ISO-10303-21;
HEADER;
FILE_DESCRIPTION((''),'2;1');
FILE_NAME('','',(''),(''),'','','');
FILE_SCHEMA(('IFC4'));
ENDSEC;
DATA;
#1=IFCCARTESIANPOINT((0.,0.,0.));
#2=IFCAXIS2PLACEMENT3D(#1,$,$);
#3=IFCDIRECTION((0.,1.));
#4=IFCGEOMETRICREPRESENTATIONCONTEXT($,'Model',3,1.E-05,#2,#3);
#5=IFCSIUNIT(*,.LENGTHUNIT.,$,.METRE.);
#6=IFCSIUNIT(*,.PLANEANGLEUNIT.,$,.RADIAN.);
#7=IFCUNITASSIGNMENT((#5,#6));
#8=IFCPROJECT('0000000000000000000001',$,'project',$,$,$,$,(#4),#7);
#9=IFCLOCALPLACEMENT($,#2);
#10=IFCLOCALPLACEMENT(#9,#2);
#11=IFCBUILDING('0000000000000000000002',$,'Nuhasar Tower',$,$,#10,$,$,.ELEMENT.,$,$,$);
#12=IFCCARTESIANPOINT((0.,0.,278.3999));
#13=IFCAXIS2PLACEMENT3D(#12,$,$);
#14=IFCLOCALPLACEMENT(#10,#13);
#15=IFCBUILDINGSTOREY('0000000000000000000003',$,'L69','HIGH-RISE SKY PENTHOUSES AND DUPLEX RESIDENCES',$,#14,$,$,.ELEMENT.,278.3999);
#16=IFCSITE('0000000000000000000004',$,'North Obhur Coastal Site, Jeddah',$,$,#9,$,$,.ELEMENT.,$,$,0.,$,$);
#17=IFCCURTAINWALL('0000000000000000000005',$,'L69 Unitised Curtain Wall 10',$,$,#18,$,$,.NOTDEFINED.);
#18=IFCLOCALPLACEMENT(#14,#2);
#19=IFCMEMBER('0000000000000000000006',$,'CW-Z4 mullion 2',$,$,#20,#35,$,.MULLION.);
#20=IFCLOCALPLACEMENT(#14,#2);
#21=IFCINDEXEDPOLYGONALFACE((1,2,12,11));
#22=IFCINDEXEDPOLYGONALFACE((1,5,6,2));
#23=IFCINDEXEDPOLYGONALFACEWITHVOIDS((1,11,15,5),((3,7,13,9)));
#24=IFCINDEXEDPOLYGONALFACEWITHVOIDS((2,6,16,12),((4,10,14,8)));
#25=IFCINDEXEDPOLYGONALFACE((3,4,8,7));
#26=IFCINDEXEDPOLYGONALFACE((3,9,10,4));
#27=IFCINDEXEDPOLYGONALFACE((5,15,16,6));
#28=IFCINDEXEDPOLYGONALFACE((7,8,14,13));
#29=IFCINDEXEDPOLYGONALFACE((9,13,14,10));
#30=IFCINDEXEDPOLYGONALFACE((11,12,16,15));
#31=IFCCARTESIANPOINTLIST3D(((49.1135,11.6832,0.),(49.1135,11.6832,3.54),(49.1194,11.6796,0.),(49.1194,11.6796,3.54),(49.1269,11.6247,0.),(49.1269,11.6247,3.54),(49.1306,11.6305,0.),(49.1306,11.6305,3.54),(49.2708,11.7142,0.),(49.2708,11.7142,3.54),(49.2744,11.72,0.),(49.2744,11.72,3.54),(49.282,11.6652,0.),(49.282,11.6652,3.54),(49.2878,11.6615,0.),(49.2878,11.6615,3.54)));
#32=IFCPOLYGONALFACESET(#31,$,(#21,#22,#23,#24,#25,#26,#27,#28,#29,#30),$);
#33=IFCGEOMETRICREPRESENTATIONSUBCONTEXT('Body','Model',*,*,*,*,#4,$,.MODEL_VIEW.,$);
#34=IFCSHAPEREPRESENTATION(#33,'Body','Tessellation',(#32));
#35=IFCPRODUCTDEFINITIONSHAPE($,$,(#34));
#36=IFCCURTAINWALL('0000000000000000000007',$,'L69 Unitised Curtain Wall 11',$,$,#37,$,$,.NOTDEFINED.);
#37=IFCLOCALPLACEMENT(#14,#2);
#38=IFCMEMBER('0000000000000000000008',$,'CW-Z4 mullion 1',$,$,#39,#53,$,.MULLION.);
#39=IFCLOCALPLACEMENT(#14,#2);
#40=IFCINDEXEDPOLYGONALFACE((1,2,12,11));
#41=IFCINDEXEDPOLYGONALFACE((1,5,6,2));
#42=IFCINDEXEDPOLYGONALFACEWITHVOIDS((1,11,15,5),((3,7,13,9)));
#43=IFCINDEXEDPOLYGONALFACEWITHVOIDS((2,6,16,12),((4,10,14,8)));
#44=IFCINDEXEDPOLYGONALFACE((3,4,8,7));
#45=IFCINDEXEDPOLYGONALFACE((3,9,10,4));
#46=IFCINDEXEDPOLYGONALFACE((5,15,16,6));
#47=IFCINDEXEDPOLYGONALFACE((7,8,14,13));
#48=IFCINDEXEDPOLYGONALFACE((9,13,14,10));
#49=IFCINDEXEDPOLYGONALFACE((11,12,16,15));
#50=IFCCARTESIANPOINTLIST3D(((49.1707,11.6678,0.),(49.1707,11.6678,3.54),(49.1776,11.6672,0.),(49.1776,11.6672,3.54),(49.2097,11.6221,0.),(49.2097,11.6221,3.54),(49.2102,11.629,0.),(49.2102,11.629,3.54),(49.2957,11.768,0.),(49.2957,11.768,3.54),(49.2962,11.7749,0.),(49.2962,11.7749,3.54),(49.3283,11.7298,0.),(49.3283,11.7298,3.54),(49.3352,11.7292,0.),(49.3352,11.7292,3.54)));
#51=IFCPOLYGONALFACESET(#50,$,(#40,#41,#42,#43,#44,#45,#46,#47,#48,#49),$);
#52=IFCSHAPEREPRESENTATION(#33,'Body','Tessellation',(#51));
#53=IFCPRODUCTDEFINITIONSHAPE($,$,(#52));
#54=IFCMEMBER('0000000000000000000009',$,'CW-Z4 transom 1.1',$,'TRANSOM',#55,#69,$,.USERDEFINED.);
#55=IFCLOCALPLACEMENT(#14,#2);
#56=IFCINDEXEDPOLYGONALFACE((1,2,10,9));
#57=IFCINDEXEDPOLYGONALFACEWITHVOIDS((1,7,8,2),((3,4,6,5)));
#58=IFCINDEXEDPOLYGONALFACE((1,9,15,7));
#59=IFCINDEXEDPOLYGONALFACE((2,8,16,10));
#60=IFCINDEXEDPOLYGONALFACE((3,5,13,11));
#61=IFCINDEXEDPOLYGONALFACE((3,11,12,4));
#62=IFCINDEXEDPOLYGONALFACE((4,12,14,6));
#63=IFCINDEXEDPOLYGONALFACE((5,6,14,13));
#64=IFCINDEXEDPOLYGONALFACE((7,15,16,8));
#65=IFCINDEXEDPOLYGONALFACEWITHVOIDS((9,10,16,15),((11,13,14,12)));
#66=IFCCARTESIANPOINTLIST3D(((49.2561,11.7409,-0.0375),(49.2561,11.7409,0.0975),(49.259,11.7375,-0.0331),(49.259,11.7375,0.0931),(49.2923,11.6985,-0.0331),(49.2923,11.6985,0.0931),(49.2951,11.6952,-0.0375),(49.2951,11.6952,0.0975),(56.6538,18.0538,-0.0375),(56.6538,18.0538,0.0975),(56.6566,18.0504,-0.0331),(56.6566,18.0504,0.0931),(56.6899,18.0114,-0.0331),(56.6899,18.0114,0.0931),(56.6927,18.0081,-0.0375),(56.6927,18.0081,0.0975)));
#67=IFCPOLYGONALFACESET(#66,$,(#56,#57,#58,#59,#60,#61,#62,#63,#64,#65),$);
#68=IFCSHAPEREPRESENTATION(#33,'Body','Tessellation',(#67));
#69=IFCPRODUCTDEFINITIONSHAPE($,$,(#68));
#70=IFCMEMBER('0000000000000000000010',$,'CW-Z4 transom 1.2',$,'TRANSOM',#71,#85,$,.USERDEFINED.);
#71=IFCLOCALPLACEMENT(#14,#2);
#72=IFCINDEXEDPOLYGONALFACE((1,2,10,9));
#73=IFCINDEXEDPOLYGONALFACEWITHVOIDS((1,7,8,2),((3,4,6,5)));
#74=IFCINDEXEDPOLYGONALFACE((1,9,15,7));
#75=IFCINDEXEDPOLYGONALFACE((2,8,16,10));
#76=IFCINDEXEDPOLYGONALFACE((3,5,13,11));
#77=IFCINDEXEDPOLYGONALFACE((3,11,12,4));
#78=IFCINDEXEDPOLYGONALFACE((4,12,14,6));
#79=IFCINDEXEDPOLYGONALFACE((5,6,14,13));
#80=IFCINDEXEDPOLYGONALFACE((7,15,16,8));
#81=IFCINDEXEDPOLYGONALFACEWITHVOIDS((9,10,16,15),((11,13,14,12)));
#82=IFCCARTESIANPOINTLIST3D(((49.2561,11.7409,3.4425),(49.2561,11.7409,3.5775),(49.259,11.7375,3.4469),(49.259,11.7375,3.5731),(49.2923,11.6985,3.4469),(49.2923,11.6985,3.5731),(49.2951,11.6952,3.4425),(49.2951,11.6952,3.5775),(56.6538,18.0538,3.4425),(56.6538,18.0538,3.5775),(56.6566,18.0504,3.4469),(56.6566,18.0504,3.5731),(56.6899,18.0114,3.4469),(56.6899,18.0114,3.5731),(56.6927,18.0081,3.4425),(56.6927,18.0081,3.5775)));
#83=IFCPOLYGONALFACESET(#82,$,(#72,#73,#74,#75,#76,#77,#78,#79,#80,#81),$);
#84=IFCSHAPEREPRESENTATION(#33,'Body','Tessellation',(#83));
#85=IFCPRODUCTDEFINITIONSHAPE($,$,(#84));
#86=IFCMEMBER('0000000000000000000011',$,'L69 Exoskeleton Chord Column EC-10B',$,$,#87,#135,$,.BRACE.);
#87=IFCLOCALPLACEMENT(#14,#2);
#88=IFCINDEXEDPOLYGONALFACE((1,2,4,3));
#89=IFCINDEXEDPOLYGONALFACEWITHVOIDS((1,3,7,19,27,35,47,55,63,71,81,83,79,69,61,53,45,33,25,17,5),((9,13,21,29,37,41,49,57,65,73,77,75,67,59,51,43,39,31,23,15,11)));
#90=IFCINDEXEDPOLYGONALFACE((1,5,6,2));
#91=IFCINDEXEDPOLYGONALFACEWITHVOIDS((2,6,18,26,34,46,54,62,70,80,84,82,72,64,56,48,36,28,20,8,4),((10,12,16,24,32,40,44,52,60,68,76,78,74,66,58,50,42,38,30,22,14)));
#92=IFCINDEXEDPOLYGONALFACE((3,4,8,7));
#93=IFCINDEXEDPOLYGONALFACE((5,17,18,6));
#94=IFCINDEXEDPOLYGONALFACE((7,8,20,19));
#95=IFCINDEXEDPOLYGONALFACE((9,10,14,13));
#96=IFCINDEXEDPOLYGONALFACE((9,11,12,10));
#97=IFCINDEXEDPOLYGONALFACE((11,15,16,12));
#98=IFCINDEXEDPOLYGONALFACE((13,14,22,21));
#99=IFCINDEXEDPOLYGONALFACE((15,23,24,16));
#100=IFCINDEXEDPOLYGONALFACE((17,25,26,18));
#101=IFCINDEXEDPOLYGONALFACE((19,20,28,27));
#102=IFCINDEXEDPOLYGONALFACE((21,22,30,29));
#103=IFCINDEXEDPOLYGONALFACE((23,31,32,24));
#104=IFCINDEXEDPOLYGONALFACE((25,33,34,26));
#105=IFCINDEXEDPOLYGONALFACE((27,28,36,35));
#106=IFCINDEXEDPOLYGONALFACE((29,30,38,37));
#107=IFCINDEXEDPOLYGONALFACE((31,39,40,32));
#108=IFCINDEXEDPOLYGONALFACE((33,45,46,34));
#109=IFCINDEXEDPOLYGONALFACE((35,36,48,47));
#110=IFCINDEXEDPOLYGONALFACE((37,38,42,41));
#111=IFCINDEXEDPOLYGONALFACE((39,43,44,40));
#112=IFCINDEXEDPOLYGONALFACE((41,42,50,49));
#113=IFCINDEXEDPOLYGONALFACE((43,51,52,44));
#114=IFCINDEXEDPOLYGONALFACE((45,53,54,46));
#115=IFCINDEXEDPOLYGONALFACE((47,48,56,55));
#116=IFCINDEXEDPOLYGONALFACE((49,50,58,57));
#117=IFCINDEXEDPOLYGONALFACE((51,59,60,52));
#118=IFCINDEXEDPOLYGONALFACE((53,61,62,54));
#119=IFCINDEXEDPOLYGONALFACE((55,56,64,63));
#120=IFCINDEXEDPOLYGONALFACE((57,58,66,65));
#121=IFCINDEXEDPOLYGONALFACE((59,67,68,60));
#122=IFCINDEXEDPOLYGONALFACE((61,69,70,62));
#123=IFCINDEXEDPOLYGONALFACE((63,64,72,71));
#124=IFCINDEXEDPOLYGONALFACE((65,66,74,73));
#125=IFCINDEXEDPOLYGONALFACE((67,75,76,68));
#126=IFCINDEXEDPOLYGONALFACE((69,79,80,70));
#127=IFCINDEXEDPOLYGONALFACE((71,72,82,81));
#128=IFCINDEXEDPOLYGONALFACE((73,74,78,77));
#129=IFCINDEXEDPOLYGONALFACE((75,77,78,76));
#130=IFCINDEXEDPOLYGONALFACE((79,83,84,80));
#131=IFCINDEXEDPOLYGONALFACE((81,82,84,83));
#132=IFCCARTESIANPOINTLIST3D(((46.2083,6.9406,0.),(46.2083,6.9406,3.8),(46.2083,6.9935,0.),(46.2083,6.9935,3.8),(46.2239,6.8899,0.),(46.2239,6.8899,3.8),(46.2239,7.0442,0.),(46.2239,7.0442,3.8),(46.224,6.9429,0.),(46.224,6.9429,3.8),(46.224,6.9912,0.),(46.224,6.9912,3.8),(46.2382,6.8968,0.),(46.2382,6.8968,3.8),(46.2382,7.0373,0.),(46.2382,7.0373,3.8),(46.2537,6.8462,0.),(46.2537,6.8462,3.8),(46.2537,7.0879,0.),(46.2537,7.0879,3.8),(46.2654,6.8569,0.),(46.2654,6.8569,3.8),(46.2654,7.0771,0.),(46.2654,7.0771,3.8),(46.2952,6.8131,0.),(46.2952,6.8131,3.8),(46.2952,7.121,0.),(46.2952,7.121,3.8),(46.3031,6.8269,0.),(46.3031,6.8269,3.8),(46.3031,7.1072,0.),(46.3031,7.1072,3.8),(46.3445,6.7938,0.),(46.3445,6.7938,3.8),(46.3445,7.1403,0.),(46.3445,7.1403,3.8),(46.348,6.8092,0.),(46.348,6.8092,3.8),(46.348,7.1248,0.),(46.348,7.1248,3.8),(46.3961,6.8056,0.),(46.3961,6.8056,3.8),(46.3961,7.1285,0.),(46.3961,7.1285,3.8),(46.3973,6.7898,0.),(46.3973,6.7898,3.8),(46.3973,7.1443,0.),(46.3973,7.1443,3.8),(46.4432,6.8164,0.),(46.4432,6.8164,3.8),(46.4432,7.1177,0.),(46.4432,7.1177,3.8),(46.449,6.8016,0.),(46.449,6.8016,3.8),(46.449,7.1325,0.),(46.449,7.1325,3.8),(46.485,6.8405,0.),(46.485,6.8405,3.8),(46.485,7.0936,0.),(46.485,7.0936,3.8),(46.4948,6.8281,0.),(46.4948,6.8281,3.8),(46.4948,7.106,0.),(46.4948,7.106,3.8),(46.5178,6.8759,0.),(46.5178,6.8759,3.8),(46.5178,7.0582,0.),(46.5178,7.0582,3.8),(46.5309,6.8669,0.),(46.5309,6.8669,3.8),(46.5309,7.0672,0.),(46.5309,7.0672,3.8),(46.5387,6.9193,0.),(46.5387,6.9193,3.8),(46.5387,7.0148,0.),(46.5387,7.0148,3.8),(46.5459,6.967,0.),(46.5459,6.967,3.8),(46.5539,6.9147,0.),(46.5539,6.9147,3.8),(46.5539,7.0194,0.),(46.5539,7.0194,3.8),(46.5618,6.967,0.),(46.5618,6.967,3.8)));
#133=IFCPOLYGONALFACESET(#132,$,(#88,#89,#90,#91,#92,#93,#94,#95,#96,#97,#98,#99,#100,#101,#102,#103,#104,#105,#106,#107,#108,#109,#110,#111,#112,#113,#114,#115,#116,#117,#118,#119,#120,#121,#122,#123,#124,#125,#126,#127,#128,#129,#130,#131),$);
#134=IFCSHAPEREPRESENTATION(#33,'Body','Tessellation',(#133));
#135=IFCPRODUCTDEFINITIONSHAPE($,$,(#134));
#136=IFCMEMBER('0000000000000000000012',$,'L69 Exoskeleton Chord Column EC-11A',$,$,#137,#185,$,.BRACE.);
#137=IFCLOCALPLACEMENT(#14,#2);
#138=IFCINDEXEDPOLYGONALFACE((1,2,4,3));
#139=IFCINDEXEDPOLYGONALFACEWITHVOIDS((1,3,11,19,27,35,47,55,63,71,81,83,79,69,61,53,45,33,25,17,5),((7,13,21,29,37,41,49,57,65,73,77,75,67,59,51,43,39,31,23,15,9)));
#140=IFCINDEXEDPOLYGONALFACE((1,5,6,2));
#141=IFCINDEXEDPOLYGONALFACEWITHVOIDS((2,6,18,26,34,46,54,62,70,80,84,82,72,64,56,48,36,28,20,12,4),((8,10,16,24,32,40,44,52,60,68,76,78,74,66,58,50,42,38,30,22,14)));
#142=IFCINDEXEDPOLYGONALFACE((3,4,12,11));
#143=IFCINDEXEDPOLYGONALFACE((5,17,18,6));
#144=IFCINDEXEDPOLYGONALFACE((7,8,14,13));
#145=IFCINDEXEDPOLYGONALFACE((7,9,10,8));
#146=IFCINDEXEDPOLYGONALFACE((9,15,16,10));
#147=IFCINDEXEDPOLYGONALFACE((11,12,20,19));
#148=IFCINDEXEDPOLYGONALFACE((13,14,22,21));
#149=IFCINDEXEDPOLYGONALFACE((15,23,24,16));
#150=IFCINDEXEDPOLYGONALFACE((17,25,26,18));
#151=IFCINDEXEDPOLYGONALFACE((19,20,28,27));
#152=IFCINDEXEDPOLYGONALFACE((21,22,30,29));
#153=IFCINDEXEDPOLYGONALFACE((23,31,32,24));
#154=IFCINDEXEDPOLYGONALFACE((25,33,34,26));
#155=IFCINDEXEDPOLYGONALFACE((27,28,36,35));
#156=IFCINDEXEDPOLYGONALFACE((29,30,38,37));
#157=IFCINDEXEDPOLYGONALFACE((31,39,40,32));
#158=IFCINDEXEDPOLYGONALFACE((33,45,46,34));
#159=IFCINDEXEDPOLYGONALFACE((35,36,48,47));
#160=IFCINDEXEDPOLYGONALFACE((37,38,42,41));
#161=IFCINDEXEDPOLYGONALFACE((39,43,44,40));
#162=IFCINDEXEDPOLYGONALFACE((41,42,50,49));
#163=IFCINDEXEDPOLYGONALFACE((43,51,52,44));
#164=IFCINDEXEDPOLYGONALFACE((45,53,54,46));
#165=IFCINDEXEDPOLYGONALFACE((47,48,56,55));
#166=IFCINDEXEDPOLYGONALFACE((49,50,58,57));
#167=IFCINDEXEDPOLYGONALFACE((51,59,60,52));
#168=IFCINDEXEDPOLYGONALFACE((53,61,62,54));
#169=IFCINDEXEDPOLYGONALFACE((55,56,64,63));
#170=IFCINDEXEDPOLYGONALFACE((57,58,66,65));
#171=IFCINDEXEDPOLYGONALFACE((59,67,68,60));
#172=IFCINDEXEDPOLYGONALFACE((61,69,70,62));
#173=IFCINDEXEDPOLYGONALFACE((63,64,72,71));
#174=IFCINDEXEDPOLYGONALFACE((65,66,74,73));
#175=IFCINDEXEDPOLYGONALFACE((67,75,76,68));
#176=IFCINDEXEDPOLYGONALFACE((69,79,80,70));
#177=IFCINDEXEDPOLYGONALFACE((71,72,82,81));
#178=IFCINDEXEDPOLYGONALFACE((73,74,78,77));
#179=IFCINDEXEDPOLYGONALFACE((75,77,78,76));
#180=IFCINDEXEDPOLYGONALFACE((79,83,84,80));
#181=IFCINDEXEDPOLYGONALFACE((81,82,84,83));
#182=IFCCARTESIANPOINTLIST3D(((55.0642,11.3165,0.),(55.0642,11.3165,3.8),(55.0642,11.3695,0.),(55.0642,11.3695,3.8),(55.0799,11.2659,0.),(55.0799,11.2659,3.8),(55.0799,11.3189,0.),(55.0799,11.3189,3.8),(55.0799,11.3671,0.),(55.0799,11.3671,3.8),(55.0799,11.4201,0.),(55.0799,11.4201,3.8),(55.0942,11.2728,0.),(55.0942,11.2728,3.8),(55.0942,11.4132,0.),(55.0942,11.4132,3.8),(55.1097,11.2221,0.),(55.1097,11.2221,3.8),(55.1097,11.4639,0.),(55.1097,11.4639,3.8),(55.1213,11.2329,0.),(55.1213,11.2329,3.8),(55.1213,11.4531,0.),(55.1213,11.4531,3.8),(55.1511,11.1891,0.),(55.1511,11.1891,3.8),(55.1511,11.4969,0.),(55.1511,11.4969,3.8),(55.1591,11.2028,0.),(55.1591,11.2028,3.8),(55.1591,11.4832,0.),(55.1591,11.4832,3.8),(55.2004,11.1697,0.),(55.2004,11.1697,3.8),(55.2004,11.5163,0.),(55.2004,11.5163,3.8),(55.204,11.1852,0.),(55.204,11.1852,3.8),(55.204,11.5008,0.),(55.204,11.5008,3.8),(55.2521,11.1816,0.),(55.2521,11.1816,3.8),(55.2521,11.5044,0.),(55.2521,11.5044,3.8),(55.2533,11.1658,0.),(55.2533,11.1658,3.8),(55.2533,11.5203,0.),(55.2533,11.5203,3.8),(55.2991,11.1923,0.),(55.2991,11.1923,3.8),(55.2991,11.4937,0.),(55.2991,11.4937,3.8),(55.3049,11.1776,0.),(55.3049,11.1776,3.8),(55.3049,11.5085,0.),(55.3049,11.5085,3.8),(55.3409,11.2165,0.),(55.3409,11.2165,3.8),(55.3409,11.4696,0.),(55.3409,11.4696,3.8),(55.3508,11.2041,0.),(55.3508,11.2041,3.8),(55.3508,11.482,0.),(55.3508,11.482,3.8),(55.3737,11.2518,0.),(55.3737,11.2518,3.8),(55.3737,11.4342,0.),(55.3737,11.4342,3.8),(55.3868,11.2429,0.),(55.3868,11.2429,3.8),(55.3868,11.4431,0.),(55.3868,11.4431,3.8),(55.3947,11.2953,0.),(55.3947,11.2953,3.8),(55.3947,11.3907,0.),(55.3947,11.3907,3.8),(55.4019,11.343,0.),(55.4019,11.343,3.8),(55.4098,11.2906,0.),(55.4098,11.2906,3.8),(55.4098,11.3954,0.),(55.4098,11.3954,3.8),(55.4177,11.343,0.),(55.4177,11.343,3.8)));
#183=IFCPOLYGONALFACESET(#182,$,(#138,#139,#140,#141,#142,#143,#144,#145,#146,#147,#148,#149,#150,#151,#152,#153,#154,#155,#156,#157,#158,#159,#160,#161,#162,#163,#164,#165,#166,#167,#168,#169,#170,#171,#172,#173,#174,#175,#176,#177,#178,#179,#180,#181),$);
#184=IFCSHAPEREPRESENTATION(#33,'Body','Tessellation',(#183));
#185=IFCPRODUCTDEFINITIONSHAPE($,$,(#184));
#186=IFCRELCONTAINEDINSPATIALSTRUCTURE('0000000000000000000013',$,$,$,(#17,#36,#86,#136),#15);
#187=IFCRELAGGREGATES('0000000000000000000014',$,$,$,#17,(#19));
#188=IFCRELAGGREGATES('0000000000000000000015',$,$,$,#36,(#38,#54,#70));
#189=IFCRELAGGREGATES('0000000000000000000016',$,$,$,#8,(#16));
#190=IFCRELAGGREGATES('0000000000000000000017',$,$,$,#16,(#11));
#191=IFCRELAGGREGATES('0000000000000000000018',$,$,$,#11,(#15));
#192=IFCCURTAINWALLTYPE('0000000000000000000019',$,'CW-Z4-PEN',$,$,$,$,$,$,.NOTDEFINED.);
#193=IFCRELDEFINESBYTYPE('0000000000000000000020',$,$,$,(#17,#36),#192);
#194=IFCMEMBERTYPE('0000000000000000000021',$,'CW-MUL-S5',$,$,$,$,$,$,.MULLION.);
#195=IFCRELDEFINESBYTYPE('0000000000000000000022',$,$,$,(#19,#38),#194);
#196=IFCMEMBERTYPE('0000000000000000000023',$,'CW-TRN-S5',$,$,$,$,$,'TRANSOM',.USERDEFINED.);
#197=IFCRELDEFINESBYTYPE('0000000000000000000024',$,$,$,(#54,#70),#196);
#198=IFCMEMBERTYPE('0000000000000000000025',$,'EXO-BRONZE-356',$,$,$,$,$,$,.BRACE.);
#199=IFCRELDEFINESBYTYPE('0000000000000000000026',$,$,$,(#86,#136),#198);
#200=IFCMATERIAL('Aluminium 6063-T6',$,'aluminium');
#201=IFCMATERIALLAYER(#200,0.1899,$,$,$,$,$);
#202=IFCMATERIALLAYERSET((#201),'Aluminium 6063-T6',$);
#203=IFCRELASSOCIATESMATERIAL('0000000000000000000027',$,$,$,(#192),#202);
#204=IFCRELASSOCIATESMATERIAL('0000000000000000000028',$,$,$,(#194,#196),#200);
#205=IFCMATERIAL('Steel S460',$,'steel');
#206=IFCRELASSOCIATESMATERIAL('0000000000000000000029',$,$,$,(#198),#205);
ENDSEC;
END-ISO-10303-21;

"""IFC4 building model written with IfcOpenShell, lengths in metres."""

from ifc_helpers import new_model, si_unit, direction, frame, origin, origin_2d, place, context, subcontext, project, spatial, hollow_rectangle, hollow_circle, extrude, material, layer, layer_set, material_profile, profile_set, type_object, element, aggregate, save


model = new_model("IFC4")

# Units and contexts
model_context = context("Model", 3, precision=1e-05, world=origin(), true_north=direction((0.0, 1.0)))
body_context = subcontext(model_context, "Body", "Model", "MODEL_VIEW")
ifc_project = project(units=[si_unit("LENGTHUNIT", "METRE"), si_unit("PLANEANGLEUNIT", "RADIAN")], contexts=[model_context])

# Site, building, storey
site_placement = place(None, origin())
site = spatial("IfcSite", under=ifc_project, at=site_placement, Name="North Obhur Coastal Site, Jeddah", CompositionType="ELEMENT", RefElevation=0.0)
building_placement = place(site_placement, origin())
building = spatial("IfcBuilding", under=site, at=building_placement, Name="Nuhasar Tower", CompositionType="ELEMENT")
storey_placement = place(building_placement, frame((0.0, 0.0, 278.3999)))
storey = spatial("IfcBuildingStorey", under=building, at=storey_placement, Name="L69", Description="HIGH-RISE SKY PENTHOUSES AND DUPLEX RESIDENCES", CompositionType="ELEMENT", Elevation=278.3999)

# Curtain wall, member
ifc_material_1 = material(Name="Aluminium 6063-T6", Category="aluminium")
ifc_layer_1 = layer(ifc_material_1, 0.1899)
ifc_layer_set_1 = layer_set([ifc_layer_1], Name="Aluminium 6063-T6")
curtain_wall_type = type_object("IfcCurtainWallType", Name="CW-Z4-PEN", PredefinedType="NOTDEFINED", material=ifc_layer_set_1)
curtain_wall_1_placement = place(storey_placement, origin())
curtain_wall_1 = element("IfcCurtainWall", 1, at=curtain_wall_1_placement, inside=storey, type_object=curtain_wall_type, Name="L69 Unitised Curtain Wall 10", PredefinedType="NOTDEFINED")
ifc_material_profile_1 = material_profile(ifc_material_1, hollow_rectangle(XDim=0.0601, YDim=0.165, WallThickness=0.0049, at=origin_2d()), Name="CWM-5")
ifc_profile_set_1 = profile_set([ifc_material_profile_1], Name="Aluminium 6063-T6")
member_type_1 = type_object("IfcMemberType", Name="CW-MUL-S5", PredefinedType="MULLION", material=ifc_profile_set_1)
member_1_placement = place(storey_placement, frame((49.2007, 11.6724, 0.0), z_axis=(0.0, 0.0, 1.0), x_axis=(-0.222889, 0.974844, 0.0)))
member_1 = element("IfcMember", 2, at=member_1_placement, type_object=member_type_1, Name="CW-Z4 mullion 2", PredefinedType="MULLION", context=body_context, shape_type="SweptSolid", body=[
    extrude(hollow_rectangle(XDim=0.0601, YDim=0.165, WallThickness=0.0049, at=origin_2d()), origin(), (0.0, 0.0, 1.0), 3.54),
])
aggregate(curtain_wall_1, [member_1])

# Curtain wall, members
curtain_wall_2_placement = place(storey_placement, origin())
curtain_wall_2 = element("IfcCurtainWall", 3, at=curtain_wall_2_placement, inside=storey, type_object=curtain_wall_type, Name="L69 Unitised Curtain Wall 11", PredefinedType="NOTDEFINED")
member_2_placement = place(storey_placement, frame((49.2529, 11.6985, 0.0), z_axis=(0.0, 0.0, 1.0), x_axis=(-0.649142, 0.760667, 0.0)))
member_2 = element("IfcMember", 4, at=member_2_placement, type_object=member_type_1, Name="CW-Z4 mullion 1", PredefinedType="MULLION", context=body_context, shape_type="SweptSolid", body=[
    extrude(hollow_rectangle(XDim=0.0601, YDim=0.165, WallThickness=0.0049, at=origin_2d()), origin(), (0.0, 0.0, 1.0), 3.54),
])
ifc_material_profile_2 = material_profile(ifc_material_1, hollow_rectangle(XDim=0.0601, YDim=0.135, WallThickness=0.0044, at=origin_2d()), Name="CWT-5")
ifc_profile_set_2 = profile_set([ifc_material_profile_2], Name="Aluminium 6063-T6")
member_type_2 = type_object("IfcMemberType", Name="CW-TRN-S5", ElementType="TRANSOM", PredefinedType="USERDEFINED", material=ifc_profile_set_2)
member_3_placement = place(storey_placement, frame((49.2756, 11.718, 0.03), z_axis=(0.760672, 0.649136, 0.0), x_axis=(-0.649136, 0.760672, 0.0)))
member_3 = element("IfcMember", 5, at=member_3_placement, type_object=member_type_2, Name="CW-Z4 transom 1.1", ObjectType="TRANSOM", PredefinedType="USERDEFINED", context=body_context, shape_type="SweptSolid", body=[
    extrude(hollow_rectangle(XDim=0.0601, YDim=0.135, WallThickness=0.0044, at=origin_2d()), origin(), (0.0, 0.0, 1.0), 9.7251),
])
member_4_placement = place(storey_placement, frame((49.2756, 11.718, 3.51), z_axis=(0.760672, 0.649136, 0.0), x_axis=(-0.649136, 0.760672, 0.0)))
member_4 = element("IfcMember", 6, at=member_4_placement, type_object=member_type_2, Name="CW-Z4 transom 1.2", ObjectType="TRANSOM", PredefinedType="USERDEFINED", context=body_context, shape_type="SweptSolid", body=[
    extrude(hollow_rectangle(XDim=0.0601, YDim=0.135, WallThickness=0.0044, at=origin_2d()), origin(), (0.0, 0.0, 1.0), 9.7251),
])

# Members
ifc_material_2 = material(Name="Steel S460", Category="steel")
ifc_material_profile_3 = material_profile(ifc_material_2, hollow_circle(Radius=0.1777, WallThickness=0.0159, at=origin_2d()), Name="HSS355.6X15.9")
ifc_profile_set_3 = profile_set([ifc_material_profile_3], Name="Steel S460")
member_type_3 = type_object("IfcMemberType", Name="EXO-BRONZE-356", PredefinedType="BRACE", material=ifc_profile_set_3)
for number, where, z_axis, x_axis, name in (
    (7, (46.384, 6.967, 0.0), (0.0, 0.0, 1.0), (1.0, 0.0, 0.0), "L69 Exoskeleton Chord Column EC-10B"),
    (8, (55.24, 11.343, 0.0), (0.0, 0.0, 1.0), (1.0, 0.0, 0.0), "L69 Exoskeleton Chord Column EC-11A"),
):
    element("IfcMember", number, at=place(storey_placement, frame(where, z_axis=z_axis, x_axis=x_axis)), inside=storey, type_object=member_type_3, Name=name, PredefinedType="BRACE", context=body_context, shape_type="SweptSolid", body=[
        extrude(hollow_circle(Radius=0.1777, WallThickness=0.0159, at=origin_2d()), origin(), (0.0, 0.0, 1.0), 3.8),
    ])

aggregate(curtain_wall_2, [member_2, member_3, member_4])

save(model, "model.ifc")
